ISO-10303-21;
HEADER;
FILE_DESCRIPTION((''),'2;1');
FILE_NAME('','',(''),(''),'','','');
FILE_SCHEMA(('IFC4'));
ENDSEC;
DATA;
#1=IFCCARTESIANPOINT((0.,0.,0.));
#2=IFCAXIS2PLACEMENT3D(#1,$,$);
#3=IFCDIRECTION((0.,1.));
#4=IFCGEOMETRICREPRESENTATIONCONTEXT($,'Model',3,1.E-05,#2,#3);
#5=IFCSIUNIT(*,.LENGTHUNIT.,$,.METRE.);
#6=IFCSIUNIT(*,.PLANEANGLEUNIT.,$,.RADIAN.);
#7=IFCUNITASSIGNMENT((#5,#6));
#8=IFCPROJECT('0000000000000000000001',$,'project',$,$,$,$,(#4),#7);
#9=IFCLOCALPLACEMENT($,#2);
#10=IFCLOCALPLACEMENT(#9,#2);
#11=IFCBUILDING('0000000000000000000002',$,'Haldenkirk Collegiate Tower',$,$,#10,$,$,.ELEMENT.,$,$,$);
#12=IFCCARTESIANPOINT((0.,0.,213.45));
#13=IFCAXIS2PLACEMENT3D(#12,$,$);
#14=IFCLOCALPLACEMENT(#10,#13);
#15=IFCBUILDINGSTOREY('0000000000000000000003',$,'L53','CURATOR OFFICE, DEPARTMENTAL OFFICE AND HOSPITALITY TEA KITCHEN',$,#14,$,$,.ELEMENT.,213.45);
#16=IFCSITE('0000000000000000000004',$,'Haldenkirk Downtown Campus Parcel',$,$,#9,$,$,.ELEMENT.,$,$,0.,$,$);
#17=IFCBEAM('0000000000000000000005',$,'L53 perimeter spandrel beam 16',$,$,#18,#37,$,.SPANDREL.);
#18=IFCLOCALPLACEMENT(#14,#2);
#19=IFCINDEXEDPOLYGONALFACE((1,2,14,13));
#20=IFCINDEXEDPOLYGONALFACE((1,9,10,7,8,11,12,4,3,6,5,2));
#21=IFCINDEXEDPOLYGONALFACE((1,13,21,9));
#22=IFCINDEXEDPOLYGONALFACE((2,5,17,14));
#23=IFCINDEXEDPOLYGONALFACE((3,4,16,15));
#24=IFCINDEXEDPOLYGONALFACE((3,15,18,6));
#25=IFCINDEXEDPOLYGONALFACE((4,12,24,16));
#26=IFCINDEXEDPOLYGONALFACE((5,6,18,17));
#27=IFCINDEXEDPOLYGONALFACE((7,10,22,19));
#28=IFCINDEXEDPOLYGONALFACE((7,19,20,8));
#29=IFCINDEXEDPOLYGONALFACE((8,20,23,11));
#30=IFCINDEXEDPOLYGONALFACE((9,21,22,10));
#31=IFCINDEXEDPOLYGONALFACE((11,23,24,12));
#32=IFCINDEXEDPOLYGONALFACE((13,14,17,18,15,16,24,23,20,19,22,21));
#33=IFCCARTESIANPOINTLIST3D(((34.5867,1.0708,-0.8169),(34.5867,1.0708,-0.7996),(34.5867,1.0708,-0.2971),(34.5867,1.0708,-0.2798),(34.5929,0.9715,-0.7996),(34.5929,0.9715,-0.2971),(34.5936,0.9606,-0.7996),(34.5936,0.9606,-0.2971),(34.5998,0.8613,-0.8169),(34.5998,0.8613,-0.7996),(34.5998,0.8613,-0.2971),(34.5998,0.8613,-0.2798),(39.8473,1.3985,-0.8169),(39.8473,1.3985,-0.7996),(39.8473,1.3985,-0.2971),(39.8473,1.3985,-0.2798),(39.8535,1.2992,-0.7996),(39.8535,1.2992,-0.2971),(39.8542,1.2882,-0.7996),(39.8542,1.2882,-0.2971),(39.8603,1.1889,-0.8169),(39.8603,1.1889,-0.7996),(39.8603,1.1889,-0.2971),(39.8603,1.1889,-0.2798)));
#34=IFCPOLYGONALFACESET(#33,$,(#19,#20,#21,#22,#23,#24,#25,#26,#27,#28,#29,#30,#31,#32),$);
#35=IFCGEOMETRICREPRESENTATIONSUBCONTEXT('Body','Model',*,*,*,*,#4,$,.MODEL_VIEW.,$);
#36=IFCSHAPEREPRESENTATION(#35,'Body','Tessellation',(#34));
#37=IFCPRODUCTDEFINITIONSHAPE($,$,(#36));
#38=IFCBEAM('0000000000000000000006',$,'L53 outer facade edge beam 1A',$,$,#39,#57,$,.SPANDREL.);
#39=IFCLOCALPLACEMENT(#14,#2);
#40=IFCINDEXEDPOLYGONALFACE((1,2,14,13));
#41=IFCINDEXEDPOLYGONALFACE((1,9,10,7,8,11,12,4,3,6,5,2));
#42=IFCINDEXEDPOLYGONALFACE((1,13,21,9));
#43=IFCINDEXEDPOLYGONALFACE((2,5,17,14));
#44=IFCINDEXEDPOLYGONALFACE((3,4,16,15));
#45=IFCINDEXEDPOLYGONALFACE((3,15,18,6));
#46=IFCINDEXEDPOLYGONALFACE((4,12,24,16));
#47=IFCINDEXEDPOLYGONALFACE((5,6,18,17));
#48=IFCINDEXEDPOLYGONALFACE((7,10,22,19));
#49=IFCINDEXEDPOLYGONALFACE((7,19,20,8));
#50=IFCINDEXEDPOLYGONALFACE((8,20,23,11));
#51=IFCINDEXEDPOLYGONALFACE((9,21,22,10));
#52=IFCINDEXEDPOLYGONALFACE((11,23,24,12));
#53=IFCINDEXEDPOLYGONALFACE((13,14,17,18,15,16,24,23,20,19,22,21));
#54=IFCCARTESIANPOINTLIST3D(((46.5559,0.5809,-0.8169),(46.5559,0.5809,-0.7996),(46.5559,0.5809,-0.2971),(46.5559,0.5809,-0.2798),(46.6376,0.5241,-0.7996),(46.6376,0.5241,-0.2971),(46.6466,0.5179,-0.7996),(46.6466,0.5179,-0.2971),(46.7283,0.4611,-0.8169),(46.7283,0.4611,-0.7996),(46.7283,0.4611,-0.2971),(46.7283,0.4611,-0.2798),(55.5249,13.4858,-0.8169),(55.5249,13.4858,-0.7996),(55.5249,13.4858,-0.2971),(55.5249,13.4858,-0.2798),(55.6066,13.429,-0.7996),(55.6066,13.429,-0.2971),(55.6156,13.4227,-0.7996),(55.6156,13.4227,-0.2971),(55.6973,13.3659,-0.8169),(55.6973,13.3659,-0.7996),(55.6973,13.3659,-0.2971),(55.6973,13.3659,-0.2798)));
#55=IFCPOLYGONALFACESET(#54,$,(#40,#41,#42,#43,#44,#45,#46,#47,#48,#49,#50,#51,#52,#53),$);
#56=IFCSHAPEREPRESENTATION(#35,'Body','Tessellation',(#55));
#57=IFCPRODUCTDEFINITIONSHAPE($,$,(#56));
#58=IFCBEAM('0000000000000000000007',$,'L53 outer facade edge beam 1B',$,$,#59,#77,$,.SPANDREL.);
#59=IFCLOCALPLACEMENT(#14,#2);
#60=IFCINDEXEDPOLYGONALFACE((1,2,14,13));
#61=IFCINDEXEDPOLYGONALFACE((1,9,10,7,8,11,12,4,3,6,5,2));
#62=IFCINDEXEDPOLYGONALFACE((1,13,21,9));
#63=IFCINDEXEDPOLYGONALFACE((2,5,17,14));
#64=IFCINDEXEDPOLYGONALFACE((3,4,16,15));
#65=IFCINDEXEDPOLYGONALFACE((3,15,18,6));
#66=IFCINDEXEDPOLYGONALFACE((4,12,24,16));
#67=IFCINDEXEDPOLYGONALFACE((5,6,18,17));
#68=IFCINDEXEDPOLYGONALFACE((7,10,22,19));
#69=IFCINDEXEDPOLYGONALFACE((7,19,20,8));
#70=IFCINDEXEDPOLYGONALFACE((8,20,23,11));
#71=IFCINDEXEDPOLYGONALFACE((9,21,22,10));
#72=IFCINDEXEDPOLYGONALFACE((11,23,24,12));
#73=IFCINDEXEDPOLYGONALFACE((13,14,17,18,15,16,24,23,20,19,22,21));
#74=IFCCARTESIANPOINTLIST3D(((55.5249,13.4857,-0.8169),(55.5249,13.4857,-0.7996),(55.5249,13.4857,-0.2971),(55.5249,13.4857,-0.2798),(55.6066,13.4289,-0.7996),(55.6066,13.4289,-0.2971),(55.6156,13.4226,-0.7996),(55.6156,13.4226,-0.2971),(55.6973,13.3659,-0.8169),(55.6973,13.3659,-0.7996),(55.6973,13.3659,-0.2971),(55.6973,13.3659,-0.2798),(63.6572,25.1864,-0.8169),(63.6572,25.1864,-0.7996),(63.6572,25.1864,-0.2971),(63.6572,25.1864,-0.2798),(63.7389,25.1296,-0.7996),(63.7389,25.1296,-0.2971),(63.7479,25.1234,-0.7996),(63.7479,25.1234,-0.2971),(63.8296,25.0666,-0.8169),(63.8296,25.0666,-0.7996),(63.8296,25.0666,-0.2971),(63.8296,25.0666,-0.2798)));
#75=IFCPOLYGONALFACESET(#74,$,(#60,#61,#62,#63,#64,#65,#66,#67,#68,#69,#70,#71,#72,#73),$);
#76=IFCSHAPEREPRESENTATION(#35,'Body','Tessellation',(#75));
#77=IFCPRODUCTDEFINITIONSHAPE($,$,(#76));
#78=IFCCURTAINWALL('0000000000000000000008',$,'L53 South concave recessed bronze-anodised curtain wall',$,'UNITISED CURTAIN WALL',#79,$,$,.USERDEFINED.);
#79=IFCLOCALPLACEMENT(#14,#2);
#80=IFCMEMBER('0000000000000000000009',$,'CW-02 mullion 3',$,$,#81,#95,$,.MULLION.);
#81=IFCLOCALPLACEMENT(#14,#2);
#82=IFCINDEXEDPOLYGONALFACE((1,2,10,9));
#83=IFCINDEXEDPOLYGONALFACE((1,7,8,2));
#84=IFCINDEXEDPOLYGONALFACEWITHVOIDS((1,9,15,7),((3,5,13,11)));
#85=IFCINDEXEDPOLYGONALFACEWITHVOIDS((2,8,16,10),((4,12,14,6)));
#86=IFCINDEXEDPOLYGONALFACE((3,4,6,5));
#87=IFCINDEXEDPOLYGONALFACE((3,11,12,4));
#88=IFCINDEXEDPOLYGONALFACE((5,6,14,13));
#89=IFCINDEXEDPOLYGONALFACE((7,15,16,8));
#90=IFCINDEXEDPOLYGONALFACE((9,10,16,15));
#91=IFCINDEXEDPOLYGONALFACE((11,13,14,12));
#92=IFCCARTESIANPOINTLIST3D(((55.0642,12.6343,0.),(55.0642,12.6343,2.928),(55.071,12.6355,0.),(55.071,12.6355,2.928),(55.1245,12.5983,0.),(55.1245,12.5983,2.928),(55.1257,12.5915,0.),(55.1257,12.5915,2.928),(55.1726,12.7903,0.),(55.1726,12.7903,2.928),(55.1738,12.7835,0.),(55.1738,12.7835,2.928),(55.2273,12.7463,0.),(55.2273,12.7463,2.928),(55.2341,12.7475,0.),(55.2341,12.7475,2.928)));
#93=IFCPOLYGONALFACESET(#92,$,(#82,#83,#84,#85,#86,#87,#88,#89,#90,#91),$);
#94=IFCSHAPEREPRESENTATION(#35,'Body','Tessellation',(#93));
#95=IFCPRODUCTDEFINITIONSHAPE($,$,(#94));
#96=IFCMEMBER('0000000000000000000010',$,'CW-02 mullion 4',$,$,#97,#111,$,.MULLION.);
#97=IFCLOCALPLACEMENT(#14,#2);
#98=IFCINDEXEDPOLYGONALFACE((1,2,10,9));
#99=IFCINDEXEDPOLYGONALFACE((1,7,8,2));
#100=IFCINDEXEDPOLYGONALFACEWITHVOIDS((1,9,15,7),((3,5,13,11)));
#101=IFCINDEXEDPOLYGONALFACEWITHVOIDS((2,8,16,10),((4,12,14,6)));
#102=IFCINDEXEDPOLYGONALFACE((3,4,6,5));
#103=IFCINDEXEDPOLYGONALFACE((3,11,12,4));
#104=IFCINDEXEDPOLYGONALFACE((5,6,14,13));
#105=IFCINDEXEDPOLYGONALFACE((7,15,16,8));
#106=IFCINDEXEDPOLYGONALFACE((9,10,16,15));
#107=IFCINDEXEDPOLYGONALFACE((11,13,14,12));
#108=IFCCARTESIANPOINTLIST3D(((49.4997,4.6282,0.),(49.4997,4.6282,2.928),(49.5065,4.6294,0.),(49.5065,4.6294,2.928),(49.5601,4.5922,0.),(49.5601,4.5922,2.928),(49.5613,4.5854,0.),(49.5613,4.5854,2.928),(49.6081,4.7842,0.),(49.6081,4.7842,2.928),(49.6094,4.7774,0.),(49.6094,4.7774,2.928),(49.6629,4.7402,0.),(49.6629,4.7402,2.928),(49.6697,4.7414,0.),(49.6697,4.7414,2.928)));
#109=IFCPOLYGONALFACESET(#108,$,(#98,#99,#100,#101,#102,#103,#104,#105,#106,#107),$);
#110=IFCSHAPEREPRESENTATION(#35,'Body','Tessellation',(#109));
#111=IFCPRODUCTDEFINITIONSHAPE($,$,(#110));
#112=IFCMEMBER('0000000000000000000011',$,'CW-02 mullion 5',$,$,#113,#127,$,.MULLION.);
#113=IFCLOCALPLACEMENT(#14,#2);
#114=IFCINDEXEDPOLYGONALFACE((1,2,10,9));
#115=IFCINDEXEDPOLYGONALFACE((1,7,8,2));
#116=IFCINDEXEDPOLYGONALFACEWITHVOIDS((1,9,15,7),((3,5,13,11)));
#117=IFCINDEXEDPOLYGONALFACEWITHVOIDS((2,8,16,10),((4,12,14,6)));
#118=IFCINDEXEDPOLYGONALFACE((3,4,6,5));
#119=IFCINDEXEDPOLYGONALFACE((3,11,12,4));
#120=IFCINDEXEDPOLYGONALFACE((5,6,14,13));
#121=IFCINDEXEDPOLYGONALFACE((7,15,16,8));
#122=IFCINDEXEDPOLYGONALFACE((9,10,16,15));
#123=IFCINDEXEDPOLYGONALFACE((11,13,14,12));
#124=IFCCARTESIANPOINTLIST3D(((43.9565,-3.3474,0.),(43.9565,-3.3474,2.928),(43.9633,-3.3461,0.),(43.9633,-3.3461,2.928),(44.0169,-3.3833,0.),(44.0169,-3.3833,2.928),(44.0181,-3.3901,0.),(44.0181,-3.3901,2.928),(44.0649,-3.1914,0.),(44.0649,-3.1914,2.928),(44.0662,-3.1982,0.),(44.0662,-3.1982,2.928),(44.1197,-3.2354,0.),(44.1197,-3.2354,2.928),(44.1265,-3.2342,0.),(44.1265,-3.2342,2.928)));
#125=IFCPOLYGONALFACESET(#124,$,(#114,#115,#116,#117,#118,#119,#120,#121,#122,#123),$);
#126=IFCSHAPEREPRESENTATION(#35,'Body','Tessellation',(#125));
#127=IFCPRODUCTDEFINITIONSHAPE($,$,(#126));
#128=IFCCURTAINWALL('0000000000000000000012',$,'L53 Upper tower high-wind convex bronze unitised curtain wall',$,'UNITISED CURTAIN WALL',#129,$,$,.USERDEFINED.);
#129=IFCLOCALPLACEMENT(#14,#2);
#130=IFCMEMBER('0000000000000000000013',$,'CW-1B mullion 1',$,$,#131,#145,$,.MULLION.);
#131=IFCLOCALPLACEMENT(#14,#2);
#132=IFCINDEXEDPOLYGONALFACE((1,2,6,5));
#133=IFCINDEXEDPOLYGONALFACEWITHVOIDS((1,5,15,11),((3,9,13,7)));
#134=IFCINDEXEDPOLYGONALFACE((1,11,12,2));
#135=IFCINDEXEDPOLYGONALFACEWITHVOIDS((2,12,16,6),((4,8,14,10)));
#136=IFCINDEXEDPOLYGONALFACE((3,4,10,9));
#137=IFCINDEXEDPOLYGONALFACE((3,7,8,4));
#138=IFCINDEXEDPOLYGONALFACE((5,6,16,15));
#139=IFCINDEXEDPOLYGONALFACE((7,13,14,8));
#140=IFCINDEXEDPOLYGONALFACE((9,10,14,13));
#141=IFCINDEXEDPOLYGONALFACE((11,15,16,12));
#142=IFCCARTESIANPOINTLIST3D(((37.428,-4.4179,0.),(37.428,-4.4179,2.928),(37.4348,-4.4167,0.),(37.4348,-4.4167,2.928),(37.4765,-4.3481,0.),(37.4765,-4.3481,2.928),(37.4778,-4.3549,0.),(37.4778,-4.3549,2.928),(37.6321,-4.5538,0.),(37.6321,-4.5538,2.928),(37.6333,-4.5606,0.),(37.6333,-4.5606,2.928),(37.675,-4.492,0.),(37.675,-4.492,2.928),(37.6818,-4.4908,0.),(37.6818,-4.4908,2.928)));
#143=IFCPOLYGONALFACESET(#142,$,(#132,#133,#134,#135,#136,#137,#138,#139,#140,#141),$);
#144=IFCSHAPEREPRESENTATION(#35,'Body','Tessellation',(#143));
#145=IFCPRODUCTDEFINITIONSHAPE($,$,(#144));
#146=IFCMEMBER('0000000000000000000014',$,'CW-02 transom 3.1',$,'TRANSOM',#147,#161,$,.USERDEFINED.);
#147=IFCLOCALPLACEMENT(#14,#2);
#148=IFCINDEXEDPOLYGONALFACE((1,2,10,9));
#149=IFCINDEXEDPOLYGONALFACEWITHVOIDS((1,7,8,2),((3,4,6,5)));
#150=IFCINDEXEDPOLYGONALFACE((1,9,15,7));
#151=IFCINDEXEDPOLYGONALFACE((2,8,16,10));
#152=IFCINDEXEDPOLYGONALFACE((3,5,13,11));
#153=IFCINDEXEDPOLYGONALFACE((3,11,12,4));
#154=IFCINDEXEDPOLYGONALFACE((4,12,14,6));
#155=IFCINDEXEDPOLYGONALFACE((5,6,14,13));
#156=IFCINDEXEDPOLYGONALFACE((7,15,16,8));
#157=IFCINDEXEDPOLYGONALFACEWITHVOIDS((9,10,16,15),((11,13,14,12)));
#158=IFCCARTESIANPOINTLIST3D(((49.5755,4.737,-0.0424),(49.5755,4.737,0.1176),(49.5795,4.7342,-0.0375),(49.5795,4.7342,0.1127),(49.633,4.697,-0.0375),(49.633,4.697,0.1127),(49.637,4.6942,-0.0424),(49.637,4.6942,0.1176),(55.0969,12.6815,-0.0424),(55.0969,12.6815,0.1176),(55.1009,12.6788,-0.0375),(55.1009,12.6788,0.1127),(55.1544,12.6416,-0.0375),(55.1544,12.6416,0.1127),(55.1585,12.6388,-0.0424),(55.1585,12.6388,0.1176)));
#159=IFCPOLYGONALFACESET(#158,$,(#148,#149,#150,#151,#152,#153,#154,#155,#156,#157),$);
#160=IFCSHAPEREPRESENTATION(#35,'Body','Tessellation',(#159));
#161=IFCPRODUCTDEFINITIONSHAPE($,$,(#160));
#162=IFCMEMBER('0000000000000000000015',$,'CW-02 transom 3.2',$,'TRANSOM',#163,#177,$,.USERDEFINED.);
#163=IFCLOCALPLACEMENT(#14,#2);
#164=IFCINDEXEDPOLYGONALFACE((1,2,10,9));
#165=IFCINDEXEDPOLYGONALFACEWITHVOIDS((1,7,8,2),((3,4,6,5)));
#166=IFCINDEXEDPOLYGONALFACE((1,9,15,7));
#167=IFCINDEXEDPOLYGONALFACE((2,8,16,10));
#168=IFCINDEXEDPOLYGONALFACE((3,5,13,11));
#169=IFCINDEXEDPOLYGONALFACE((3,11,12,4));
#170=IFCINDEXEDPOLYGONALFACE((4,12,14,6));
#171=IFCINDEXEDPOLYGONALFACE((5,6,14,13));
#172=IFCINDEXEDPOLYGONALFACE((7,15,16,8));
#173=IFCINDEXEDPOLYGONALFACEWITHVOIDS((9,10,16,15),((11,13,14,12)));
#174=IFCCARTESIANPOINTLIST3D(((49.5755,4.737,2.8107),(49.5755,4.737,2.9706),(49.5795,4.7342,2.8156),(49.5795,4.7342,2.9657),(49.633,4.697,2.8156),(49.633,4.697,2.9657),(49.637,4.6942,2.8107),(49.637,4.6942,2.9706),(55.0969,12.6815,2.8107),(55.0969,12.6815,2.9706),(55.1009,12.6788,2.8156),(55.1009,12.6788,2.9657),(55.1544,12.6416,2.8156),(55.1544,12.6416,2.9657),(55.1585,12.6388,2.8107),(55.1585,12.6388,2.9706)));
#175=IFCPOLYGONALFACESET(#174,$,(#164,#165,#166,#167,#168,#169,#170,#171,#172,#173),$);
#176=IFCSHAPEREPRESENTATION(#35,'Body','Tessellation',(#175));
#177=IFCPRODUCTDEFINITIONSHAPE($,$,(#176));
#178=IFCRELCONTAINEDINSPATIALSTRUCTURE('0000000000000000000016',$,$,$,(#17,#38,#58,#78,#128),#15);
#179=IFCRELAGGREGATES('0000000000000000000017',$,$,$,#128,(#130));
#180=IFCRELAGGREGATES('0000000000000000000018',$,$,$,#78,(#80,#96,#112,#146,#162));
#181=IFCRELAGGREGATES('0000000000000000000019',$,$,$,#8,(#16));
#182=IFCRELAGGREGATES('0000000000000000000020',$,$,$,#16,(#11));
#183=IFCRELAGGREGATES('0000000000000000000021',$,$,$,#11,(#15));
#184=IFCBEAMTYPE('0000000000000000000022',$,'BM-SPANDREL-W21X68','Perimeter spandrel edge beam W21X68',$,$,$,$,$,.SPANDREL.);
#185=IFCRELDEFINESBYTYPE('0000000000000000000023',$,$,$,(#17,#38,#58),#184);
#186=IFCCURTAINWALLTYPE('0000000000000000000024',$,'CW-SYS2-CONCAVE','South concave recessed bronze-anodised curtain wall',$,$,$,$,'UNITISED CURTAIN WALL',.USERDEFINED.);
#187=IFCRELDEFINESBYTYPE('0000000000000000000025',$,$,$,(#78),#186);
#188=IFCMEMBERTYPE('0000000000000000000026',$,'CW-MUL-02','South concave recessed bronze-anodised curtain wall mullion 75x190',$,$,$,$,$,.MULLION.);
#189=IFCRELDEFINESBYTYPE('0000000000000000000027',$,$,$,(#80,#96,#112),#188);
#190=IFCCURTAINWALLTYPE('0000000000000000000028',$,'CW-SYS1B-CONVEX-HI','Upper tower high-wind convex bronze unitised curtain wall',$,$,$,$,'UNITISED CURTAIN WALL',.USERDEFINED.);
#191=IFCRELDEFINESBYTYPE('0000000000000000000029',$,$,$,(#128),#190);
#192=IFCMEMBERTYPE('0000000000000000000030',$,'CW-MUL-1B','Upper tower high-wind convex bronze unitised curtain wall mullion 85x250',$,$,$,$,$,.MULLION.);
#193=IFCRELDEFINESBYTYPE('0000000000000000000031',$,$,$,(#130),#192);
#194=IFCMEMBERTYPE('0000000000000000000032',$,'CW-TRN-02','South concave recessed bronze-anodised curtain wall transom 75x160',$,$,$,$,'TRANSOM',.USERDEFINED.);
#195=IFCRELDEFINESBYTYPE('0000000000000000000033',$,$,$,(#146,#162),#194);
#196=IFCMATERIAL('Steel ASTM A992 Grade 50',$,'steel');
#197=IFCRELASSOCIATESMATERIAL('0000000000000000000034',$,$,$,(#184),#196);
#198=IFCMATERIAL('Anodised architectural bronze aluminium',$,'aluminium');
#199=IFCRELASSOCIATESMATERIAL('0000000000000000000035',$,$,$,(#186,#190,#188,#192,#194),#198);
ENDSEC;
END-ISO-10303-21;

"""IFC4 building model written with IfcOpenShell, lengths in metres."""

from ifc_helpers import new_model, si_unit, direction, frame, origin, origin_2d, place, context, subcontext, project, spatial, hollow_rectangle, i_section, extrude, material, material_profile, profile_set, type_object, element, aggregate, save


model = new_model("IFC4")

# Units and contexts
model_context = context("Model", 3, precision=1e-05, world=origin(), true_north=direction((0.0, 1.0)))
body_context = subcontext(model_context, "Body", "Model", "MODEL_VIEW")
ifc_project = project(units=[si_unit("LENGTHUNIT", "METRE"), si_unit("PLANEANGLEUNIT", "RADIAN")], contexts=[model_context])

# Site, building, storey
site_placement = place(None, origin())
site = spatial("IfcSite", under=ifc_project, at=site_placement, Name="Haldenkirk Downtown Campus Parcel", CompositionType="ELEMENT", RefElevation=0.0)
building_placement = place(site_placement, origin())
building = spatial("IfcBuilding", under=site, at=building_placement, Name="Haldenkirk Collegiate Tower", CompositionType="ELEMENT")
storey_placement = place(building_placement, frame((0.0, 0.0, 213.45)))
storey = spatial("IfcBuildingStorey", under=building, at=storey_placement, Name="L53", Description="CURATOR OFFICE, DEPARTMENTAL OFFICE AND HOSPITALITY TEA KITCHEN", CompositionType="ELEMENT", Elevation=213.45)

# Beams
ifc_material_1 = material(Name="Steel ASTM A992 Grade 50", Category="steel")
ifc_material_profile_1 = material_profile(ifc_material_1, i_section(OverallWidth=0.21, OverallDepth=0.5371, WebThickness=0.011, FlangeThickness=0.0173, at=origin_2d()), Name="W21X68")
ifc_profile_set_1 = profile_set([ifc_material_profile_1], Name="Steel ASTM A992 Grade 50")
beam_type_1 = type_object("IfcBeamType", Name="BM-SPANDREL-W21X68", Description="Perimeter spandrel edge beam W21X68", PredefinedType="SPANDREL", material=ifc_profile_set_1)
beam_1_placement = place(storey_placement, frame((34.5933, 0.9661, -0.5483), z_axis=(0.998066, 0.062162, 0.0), x_axis=(-0.062162, 0.998066, 0.0)))
element("IfcBeam", 1, at=beam_1_placement, inside=storey, type_object=beam_type_1, Name="L53 perimeter spandrel beam 16", PredefinedType="SPANDREL", context=body_context, shape_type="SweptSolid", body=[
    extrude(i_section(OverallWidth=0.21, OverallDepth=0.5371, WebThickness=0.011, FlangeThickness=0.0173, at=origin_2d()), origin(), (0.0, 0.0, 1.0), 5.2708),
])
beam_2_placement = place(storey_placement, frame((46.6421, 0.521, -0.5483), z_axis=(0.570711, 0.821151, 0.0), x_axis=(-0.821151, 0.570711, 0.0)))
element("IfcBeam", 2, at=beam_2_placement, inside=storey, type_object=beam_type_1, Name="L53 outer facade edge beam 1A", PredefinedType="SPANDREL", context=body_context, shape_type="SweptSolid", body=[
    extrude(i_section(OverallWidth=0.21, OverallDepth=0.5371, WebThickness=0.011, FlangeThickness=0.0173, at=origin_2d()), origin(), (0.0, 0.0, 1.0), 15.7156),
])
beam_3_placement = place(storey_placement, frame((55.6111, 13.4258, -0.5483), z_axis=(0.57072, 0.821145, 0.0), x_axis=(-0.821145, 0.57072, 0.0)))
element("IfcBeam", 3, at=beam_3_placement, inside=storey, type_object=beam_type_1, Name="L53 outer facade edge beam 1B", PredefinedType="SPANDREL", context=body_context, shape_type="SweptSolid", body=[
    extrude(i_section(OverallWidth=0.21, OverallDepth=0.5371, WebThickness=0.011, FlangeThickness=0.0173, at=origin_2d()), origin(), (0.0, 0.0, 1.0), 14.2493),
])

# Curtain wall, members
ifc_material_2 = material(Name="Anodised architectural bronze aluminium", Category="aluminium")
curtain_wall_type_1 = type_object("IfcCurtainWallType", Name="CW-SYS2-CONCAVE", Description="South concave recessed bronze-anodised curtain wall", ElementType="UNITISED CURTAIN WALL", PredefinedType="USERDEFINED", material=ifc_material_2)
curtain_wall_1_placement = place(storey_placement, origin())
curtain_wall_1 = element("IfcCurtainWall", 4, at=curtain_wall_1_placement, inside=storey, type_object=curtain_wall_type_1, Name="L53 South concave recessed bronze-anodised curtain wall", ObjectType="UNITISED CURTAIN WALL", PredefinedType="USERDEFINED")
ifc_material_profile_2 = material_profile(ifc_material_2, hollow_rectangle(XDim=0.075, YDim=0.1899, WallThickness=0.0049, at=origin_2d()), Name="CW-MUL-02")
ifc_profile_set_2 = profile_set([ifc_material_profile_2], Name="Anodised architectural bronze aluminium")
member_type_1 = type_object("IfcMemberType", Name="CW-MUL-02", Description="South concave recessed bronze-anodised curtain wall mullion 75x190", PredefinedType="MULLION", material=ifc_profile_set_2)
member_1_placement = place(storey_placement, frame((55.1492, 12.6909, 0.0), z_axis=(0.0, 0.0, 1.0), x_axis=(0.821148, -0.570716, 0.0)))
member_1 = element("IfcMember", 5, at=member_1_placement, type_object=member_type_1, Name="CW-02 mullion 3", PredefinedType="MULLION", context=body_context, shape_type="SweptSolid", body=[
    extrude(hollow_rectangle(XDim=0.075, YDim=0.1899, WallThickness=0.0049, at=origin_2d()), origin(), (0.0, 0.0, 1.0), 2.928),
])
member_2_placement = place(storey_placement, frame((49.5847, 4.6848, 0.0), z_axis=(0.0, 0.0, 1.0), x_axis=(0.821148, -0.570716, 0.0)))
member_2 = element("IfcMember", 6, at=member_2_placement, type_object=member_type_1, Name="CW-02 mullion 4", PredefinedType="MULLION", context=body_context, shape_type="SweptSolid", body=[
    extrude(hollow_rectangle(XDim=0.075, YDim=0.1899, WallThickness=0.0049, at=origin_2d()), origin(), (0.0, 0.0, 1.0), 2.928),
])
member_3_placement = place(storey_placement, frame((44.0415, -3.2908, 0.0), z_axis=(0.0, 0.0, 1.0), x_axis=(0.821148, -0.570716, 0.0)))
member_3 = element("IfcMember", 7, at=member_3_placement, type_object=member_type_1, Name="CW-02 mullion 5", PredefinedType="MULLION", context=body_context, shape_type="SweptSolid", body=[
    extrude(hollow_rectangle(XDim=0.075, YDim=0.1899, WallThickness=0.0049, at=origin_2d()), origin(), (0.0, 0.0, 1.0), 2.928),
])

# Curtain wall, member
curtain_wall_type_2 = type_object("IfcCurtainWallType", Name="CW-SYS1B-CONVEX-HI", Description="Upper tower high-wind convex bronze unitised curtain wall", ElementType="UNITISED CURTAIN WALL", PredefinedType="USERDEFINED", material=ifc_material_2)
curtain_wall_2_placement = place(storey_placement, origin())
curtain_wall_2 = element("IfcCurtainWall", 8, at=curtain_wall_2_placement, inside=storey, type_object=curtain_wall_type_2, Name="L53 Upper tower high-wind convex bronze unitised curtain wall", ObjectType="UNITISED CURTAIN WALL", PredefinedType="USERDEFINED")
ifc_material_profile_3 = material_profile(ifc_material_2, hollow_rectangle(XDim=0.085, YDim=0.25, WallThickness=0.0049, at=origin_2d()), Name="CW-MUL-1B")
ifc_profile_set_3 = profile_set([ifc_material_profile_3], Name="Anodised architectural bronze aluminium")
member_type_2 = type_object("IfcMemberType", Name="CW-MUL-1B", Description="Upper tower high-wind convex bronze unitised curtain wall mullion 85x250", PredefinedType="MULLION", material=ifc_profile_set_3)
member_4_placement = place(storey_placement, frame((37.5549, -4.4543, 0.0), z_axis=(0.0, 0.0, 1.0), x_axis=(-0.570715, -0.821148, 0.0)))
member_4 = element("IfcMember", 9, at=member_4_placement, type_object=member_type_2, Name="CW-1B mullion 1", PredefinedType="MULLION", context=body_context, shape_type="SweptSolid", body=[
    extrude(hollow_rectangle(XDim=0.085, YDim=0.25, WallThickness=0.0049, at=origin_2d()), origin(), (0.0, 0.0, 1.0), 2.928),
])

# Members
ifc_material_profile_4 = material_profile(ifc_material_2, hollow_rectangle(XDim=0.075, YDim=0.1599, WallThickness=0.0049, at=origin_2d()), Name="CW-TRN-02")
ifc_profile_set_4 = profile_set([ifc_material_profile_4], Name="Anodised architectural bronze aluminium")
member_type_3 = type_object("IfcMemberType", Name="CW-TRN-02", Description="South concave recessed bronze-anodised curtain wall transom 75x160", ElementType="TRANSOM", PredefinedType="USERDEFINED", material=ifc_profile_set_4)
member_5_placement = place(storey_placement, frame((55.1277, 12.6602, 0.0376), z_axis=(-0.570704, -0.821156, 0.0), x_axis=(0.821156, -0.570704, 0.0)))
member_5 = element("IfcMember", 10, at=member_5_placement, type_object=member_type_3, Name="CW-02 transom 3.1", ObjectType="TRANSOM", PredefinedType="USERDEFINED", context=body_context, shape_type="SweptSolid", body=[
    extrude(hollow_rectangle(XDim=0.075, YDim=0.1599, WallThickness=0.0049, at=origin_2d()), origin(), (0.0, 0.0, 1.0), 9.6748),
])
member_6_placement = place(storey_placement, frame((55.1277, 12.6602, 2.8906), z_axis=(-0.570704, -0.821156, 0.0), x_axis=(0.821156, -0.570704, 0.0)))
member_6 = element("IfcMember", 11, at=member_6_placement, type_object=member_type_3, Name="CW-02 transom 3.2", ObjectType="TRANSOM", PredefinedType="USERDEFINED", context=body_context, shape_type="SweptSolid", body=[
    extrude(hollow_rectangle(XDim=0.075, YDim=0.1599, WallThickness=0.0049, at=origin_2d()), origin(), (0.0, 0.0, 1.0), 9.6748),
])

aggregate(curtain_wall_2, [member_4])
aggregate(curtain_wall_1, [member_1, member_2, member_3, member_5, member_6])

save(model, "model.ifc")
